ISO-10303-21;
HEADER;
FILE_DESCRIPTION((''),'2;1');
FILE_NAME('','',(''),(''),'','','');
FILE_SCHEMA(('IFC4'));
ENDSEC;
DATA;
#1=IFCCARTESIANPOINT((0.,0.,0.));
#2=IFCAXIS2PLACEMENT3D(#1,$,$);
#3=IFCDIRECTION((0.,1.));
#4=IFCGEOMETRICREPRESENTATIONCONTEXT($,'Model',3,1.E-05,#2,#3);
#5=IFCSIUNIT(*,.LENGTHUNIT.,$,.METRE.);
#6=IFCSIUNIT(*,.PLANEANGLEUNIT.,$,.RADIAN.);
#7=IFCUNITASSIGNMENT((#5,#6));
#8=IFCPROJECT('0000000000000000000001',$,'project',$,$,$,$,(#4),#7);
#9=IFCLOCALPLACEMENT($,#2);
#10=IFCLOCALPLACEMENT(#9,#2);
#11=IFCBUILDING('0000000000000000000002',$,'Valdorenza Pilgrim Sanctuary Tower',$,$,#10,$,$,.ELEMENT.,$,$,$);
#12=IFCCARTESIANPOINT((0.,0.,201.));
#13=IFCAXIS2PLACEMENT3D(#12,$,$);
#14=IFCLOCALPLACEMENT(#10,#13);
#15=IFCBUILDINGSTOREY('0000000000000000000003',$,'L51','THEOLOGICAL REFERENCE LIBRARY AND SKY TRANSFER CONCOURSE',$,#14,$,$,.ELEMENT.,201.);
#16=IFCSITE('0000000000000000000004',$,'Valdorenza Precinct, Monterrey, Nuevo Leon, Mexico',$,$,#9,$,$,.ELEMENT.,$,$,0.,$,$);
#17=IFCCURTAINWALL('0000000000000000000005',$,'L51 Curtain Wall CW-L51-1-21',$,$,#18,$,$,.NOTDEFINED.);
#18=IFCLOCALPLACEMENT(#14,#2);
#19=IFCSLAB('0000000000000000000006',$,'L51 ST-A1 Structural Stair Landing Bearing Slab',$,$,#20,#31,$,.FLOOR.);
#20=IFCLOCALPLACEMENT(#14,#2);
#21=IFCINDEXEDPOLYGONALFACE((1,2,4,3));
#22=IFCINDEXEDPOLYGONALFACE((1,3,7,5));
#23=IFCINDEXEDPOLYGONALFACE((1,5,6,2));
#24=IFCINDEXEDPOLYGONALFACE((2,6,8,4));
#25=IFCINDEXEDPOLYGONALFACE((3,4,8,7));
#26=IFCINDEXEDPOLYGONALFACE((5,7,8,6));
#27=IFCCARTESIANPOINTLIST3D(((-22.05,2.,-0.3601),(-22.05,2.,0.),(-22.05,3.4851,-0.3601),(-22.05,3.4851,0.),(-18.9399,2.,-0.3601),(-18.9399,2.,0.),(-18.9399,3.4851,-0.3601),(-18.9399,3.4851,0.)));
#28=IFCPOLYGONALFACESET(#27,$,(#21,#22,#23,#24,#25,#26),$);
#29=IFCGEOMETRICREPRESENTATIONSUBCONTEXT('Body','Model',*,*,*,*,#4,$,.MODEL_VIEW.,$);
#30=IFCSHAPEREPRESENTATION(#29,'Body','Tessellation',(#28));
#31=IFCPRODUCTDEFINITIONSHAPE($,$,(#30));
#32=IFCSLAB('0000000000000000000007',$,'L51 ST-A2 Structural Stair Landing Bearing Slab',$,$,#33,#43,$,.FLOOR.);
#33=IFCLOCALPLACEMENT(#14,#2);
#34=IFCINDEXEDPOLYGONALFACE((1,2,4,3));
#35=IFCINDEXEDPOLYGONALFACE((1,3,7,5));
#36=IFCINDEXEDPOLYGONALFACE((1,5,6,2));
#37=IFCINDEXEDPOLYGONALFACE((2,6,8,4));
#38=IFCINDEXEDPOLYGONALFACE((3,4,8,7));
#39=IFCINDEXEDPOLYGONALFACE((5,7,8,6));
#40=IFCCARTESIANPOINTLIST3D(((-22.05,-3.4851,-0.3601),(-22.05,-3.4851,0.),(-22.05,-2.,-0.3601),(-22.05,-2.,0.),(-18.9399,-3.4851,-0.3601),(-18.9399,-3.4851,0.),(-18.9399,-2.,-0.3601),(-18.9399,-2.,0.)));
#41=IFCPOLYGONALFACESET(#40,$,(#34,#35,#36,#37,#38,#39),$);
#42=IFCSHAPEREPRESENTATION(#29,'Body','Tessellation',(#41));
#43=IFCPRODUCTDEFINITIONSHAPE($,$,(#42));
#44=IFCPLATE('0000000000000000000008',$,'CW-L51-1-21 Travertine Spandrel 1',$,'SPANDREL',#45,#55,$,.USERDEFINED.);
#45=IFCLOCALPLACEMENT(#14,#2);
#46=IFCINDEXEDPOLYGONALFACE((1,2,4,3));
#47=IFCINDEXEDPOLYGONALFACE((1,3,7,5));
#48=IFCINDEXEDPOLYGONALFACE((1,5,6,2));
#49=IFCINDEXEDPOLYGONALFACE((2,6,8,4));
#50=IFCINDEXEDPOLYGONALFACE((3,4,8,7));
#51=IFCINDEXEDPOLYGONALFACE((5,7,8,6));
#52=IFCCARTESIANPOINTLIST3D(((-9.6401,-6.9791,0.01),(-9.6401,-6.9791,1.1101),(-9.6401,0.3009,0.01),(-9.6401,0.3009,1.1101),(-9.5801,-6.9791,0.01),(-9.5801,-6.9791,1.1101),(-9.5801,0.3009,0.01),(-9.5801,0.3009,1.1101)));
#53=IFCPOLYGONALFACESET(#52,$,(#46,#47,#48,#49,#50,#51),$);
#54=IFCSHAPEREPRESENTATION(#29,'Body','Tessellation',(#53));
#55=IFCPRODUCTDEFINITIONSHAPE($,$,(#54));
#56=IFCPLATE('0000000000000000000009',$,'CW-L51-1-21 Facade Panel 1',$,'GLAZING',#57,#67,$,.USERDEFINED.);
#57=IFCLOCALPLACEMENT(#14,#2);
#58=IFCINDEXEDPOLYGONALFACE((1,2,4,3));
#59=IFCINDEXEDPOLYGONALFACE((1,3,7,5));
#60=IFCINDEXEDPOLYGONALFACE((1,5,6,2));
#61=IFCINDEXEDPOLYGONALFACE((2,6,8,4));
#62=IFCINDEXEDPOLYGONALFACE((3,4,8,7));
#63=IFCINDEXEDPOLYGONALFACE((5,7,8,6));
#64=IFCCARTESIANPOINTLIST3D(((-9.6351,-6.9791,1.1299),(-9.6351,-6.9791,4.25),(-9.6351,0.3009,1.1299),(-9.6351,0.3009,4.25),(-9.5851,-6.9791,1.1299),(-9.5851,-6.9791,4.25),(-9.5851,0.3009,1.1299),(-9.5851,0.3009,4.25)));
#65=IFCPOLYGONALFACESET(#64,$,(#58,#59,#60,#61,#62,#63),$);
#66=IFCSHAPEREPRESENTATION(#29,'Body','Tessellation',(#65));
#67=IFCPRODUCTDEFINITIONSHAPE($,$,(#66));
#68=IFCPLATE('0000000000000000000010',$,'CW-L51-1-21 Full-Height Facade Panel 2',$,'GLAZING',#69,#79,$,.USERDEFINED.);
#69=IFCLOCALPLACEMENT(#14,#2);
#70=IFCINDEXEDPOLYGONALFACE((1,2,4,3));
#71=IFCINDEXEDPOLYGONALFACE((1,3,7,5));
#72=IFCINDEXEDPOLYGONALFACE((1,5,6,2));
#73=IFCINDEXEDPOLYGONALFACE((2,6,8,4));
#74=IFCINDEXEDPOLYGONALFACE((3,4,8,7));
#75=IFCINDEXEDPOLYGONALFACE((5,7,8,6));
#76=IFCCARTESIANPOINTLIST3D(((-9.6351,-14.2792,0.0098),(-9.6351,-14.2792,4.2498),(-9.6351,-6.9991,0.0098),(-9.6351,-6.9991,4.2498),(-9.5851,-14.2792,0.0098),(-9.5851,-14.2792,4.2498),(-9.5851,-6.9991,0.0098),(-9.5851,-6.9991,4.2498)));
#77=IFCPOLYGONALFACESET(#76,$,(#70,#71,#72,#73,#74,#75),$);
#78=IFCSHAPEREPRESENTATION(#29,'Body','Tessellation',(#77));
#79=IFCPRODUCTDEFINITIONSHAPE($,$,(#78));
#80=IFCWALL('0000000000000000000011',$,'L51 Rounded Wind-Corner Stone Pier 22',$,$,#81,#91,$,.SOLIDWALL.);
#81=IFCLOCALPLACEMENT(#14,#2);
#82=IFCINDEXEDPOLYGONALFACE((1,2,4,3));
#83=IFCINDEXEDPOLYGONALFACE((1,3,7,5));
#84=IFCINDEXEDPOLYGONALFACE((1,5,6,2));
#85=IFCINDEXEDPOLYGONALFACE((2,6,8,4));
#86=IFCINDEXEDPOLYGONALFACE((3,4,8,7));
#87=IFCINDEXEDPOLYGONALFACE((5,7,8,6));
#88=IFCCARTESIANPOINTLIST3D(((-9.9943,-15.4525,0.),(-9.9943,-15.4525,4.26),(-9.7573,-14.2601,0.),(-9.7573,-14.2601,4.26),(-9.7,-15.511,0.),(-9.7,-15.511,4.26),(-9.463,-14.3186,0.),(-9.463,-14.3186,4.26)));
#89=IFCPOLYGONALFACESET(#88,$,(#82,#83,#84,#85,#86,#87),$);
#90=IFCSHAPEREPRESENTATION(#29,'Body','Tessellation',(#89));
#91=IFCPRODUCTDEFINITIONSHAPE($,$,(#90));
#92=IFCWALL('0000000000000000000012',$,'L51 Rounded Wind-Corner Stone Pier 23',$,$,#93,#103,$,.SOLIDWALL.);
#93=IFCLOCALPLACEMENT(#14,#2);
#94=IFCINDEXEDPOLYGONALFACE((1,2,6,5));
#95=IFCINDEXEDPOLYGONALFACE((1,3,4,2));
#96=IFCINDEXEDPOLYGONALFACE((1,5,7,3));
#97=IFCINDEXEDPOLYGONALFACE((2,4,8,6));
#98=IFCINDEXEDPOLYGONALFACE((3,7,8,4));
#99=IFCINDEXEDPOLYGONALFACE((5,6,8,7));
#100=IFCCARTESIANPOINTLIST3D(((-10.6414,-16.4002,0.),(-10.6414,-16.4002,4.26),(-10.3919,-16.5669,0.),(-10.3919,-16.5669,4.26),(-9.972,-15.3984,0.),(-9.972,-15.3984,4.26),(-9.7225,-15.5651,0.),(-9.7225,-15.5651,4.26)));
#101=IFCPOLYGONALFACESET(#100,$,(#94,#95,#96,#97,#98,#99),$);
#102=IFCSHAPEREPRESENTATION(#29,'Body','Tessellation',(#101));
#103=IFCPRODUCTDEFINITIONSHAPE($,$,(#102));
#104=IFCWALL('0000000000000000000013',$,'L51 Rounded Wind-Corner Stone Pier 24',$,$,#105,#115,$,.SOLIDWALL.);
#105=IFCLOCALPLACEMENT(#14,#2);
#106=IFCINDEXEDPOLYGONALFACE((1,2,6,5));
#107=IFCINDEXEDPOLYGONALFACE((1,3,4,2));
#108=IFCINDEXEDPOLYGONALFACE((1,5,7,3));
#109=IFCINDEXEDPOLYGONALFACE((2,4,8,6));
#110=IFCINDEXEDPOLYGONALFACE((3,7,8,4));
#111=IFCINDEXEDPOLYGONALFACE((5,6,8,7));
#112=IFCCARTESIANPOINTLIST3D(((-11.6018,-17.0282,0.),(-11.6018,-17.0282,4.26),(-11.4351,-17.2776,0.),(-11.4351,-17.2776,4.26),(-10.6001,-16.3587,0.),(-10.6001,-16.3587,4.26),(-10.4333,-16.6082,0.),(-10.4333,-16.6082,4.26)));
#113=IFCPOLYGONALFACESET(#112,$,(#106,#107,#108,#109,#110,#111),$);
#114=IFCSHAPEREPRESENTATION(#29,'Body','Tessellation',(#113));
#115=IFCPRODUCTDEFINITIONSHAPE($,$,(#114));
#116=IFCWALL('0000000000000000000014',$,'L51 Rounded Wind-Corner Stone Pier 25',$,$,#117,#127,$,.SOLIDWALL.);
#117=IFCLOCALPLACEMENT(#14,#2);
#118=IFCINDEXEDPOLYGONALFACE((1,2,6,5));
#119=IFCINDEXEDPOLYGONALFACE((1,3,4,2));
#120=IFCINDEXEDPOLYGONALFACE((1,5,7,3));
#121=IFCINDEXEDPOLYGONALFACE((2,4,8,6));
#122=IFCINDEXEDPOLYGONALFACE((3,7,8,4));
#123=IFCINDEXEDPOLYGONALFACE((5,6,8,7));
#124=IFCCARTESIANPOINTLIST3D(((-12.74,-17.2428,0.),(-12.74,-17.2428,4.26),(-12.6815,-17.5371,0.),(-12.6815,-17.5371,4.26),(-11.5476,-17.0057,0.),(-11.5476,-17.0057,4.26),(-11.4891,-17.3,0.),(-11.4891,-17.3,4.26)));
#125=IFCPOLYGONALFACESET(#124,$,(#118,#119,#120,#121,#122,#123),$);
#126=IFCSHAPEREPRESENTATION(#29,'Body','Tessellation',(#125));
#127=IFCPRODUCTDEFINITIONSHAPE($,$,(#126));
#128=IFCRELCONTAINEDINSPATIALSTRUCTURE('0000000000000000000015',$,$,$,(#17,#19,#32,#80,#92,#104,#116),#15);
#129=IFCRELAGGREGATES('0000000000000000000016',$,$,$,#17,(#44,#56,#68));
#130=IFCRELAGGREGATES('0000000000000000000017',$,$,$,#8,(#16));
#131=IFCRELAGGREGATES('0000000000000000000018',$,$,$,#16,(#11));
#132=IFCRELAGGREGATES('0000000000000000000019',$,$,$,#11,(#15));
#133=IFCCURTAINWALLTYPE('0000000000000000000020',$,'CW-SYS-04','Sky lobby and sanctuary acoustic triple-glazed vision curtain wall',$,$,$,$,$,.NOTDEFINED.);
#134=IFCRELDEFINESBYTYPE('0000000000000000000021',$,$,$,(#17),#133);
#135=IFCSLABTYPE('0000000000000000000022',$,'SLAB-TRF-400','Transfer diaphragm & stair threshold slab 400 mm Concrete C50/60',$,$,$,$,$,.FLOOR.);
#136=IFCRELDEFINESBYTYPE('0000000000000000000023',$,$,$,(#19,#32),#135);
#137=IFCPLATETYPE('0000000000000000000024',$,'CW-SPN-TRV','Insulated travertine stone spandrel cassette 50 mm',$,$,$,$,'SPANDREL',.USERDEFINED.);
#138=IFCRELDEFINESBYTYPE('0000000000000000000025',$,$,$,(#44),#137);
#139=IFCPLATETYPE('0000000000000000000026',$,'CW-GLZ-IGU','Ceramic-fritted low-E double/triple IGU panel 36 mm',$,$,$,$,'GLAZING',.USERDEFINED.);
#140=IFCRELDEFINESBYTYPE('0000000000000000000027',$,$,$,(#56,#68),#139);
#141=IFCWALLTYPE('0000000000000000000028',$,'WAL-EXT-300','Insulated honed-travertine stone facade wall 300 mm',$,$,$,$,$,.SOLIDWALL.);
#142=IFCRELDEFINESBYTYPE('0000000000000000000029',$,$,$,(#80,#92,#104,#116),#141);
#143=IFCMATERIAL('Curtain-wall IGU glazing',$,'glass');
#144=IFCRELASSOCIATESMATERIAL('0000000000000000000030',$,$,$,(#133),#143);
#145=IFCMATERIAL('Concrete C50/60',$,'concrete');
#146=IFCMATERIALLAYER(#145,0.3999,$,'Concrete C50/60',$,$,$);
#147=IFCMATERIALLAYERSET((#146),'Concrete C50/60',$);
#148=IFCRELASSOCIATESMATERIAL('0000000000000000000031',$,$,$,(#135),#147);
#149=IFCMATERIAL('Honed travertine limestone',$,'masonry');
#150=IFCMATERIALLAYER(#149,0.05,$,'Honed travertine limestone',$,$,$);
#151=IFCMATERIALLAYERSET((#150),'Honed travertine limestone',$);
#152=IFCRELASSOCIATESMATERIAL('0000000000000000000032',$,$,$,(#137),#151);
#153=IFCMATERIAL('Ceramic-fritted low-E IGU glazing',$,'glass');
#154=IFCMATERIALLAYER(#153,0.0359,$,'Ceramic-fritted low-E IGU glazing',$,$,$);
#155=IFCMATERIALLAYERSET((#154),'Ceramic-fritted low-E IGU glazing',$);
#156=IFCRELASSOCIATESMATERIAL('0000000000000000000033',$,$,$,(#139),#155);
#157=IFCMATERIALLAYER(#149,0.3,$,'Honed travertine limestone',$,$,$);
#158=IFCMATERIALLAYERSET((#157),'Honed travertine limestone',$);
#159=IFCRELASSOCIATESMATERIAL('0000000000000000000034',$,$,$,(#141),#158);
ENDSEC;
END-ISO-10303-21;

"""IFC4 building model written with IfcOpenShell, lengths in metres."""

from ifc_helpers import new_model, si_unit, direction, frame, frame_2d, origin, origin_2d, place, context, subcontext, project, spatial, polyline, rectangle, outline, extrude, source, transform, mapped, material, layer, layer_set, type_object, element, aggregate, save


model = new_model("IFC4")

# Units and contexts
model_context = context("Model", 3, precision=1e-05, world=origin(), true_north=direction((0.0, 1.0)))
body_context = subcontext(model_context, "Body", "Model", "MODEL_VIEW")
ifc_project = project(units=[si_unit("LENGTHUNIT", "METRE"), si_unit("PLANEANGLEUNIT", "RADIAN")], contexts=[model_context])

# Site, building, storey
site_placement = place(None, origin())
site = spatial("IfcSite", under=ifc_project, at=site_placement, Name="Valdorenza Precinct, Monterrey, Nuevo Leon, Mexico", CompositionType="ELEMENT", RefElevation=0.0)
building_placement = place(site_placement, origin())
building = spatial("IfcBuilding", under=site, at=building_placement, Name="Valdorenza Pilgrim Sanctuary Tower", CompositionType="ELEMENT")
storey_placement = place(building_placement, frame((0.0, 0.0, 201.0)))
storey = spatial("IfcBuildingStorey", under=building, at=storey_placement, Name="L51", Description="THEOLOGICAL REFERENCE LIBRARY AND SKY TRANSFER CONCOURSE", CompositionType="ELEMENT", Elevation=201.0)

# Shared definitions
ifc_material_1 = material(Name="Concrete C50/60", Category="concrete")

# Curtain wall
ifc_material_2 = material(Name="Curtain-wall IGU glazing", Category="glass")
curtain_wall_type = type_object("IfcCurtainWallType", Name="CW-SYS-04", Description="Sky lobby and sanctuary acoustic triple-glazed vision curtain wall", PredefinedType="NOTDEFINED", material=ifc_material_2)
curtain_wall_placement = place(storey_placement, origin())
curtain_wall = element("IfcCurtainWall", 1, at=curtain_wall_placement, inside=storey, type_object=curtain_wall_type, Name="L51 Curtain Wall CW-L51-1-21", PredefinedType="NOTDEFINED")

# Slabs
ifc_layer_1 = layer(ifc_material_1, 0.3999, Name="Concrete C50/60")
ifc_layer_set_1 = layer_set([ifc_layer_1], Name="Concrete C50/60")
slab_type_1 = type_object("IfcSlabType", Name="SLAB-TRF-400", Description="Transfer diaphragm & stair threshold slab 400 mm Concrete C50/60", PredefinedType="FLOOR", material=ifc_layer_set_1)
slab_1_placement = place(storey_placement, frame((0.0, 0.0, -0.3601)))
element("IfcSlab", 2, at=slab_1_placement, inside=storey, type_object=slab_type_1, Name="L51 ST-A1 Structural Stair Landing Bearing Slab", PredefinedType="FLOOR", context=body_context, shape_type="SweptSolid", body=[
    extrude(outline(polyline([(-22.05, 2.0), (-18.9399, 2.0), (-18.9399, 3.4851), (-22.05, 3.4851), (-22.05, 2.0)])), origin(), (0.0, 0.0, 1.0), 0.3601),
])
slab_2_placement = place(storey_placement, frame((0.0, 0.0, -0.3601)))
element("IfcSlab", 3, at=slab_2_placement, inside=storey, type_object=slab_type_1, Name="L51 ST-A2 Structural Stair Landing Bearing Slab", PredefinedType="FLOOR", context=body_context, shape_type="SweptSolid", body=[
    extrude(outline(polyline([(-22.05, -3.4851), (-18.9399, -3.4851), (-18.9399, -2.0), (-22.05, -2.0), (-22.05, -3.4851)])), origin(), (0.0, 0.0, 1.0), 0.3601),
])

# Plates
ifc_material_3 = material(Name="Honed travertine limestone", Category="masonry")
ifc_layer_2 = layer(ifc_material_3, 0.05, Name="Honed travertine limestone")
ifc_layer_set_2 = layer_set([ifc_layer_2], Name="Honed travertine limestone")
plate_type_1 = type_object("IfcPlateType", Name="CW-SPN-TRV", Description="Insulated travertine stone spandrel cassette 50 mm", ElementType="SPANDREL", PredefinedType="USERDEFINED", material=ifc_layer_set_2)
shared_shape_1 = source(origin(), body_context, "Body", "SweptSolid", [
    extrude(rectangle(XDim=7.28, YDim=0.0601, at=origin_2d()), origin(), (0.0, 0.0, 1.0), 1.1001),
])
plate_1_placement = place(storey_placement, frame((-9.6101, -3.3391, 0.01), z_axis=(0.0, 0.0, 1.0), x_axis=(0.0, -1.0, 0.0)))
plate_1 = element("IfcPlate", 4, at=plate_1_placement, type_object=plate_type_1, Name="CW-L51-1-21 Travertine Spandrel 1", ObjectType="SPANDREL", PredefinedType="USERDEFINED", context=body_context, shape_type="MappedRepresentation", body=[
    mapped(shared_shape_1, transform((0.0, 0.0, 0.0), x_axis=(1.0, 0.0, 0.0), y_axis=(0.0, 1.0, 0.0), z_axis=(0.0, 0.0, 1.0), scale=1.0)),
])
ifc_material_4 = material(Name="Ceramic-fritted low-E IGU glazing", Category="glass")
ifc_layer_3 = layer(ifc_material_4, 0.0359, Name="Ceramic-fritted low-E IGU glazing")
ifc_layer_set_3 = layer_set([ifc_layer_3], Name="Ceramic-fritted low-E IGU glazing")
plate_type_2 = type_object("IfcPlateType", Name="CW-GLZ-IGU", Description="Ceramic-fritted low-E double/triple IGU panel 36 mm", ElementType="GLAZING", PredefinedType="USERDEFINED", material=ifc_layer_set_3)
shared_shape_2 = source(origin(), body_context, "Body", "SweptSolid", [
    extrude(rectangle(XDim=7.28, YDim=0.05, at=origin_2d()), origin(), (0.0, 0.0, 1.0), 3.1201),
])
plate_2_placement = place(storey_placement, frame((-9.6101, -3.3391, 1.1299), z_axis=(0.0, 0.0, 1.0), x_axis=(0.0, -1.0, 0.0)))
plate_2 = element("IfcPlate", 5, at=plate_2_placement, type_object=plate_type_2, Name="CW-L51-1-21 Facade Panel 1", ObjectType="GLAZING", PredefinedType="USERDEFINED", context=body_context, shape_type="MappedRepresentation", body=[
    mapped(shared_shape_2, transform((0.0, 0.0, 0.0), x_axis=(1.0, 0.0, 0.0), y_axis=(0.0, 1.0, 0.0), z_axis=(0.0, 0.0, 1.0), scale=1.0)),
])
shared_shape_3 = source(origin(), body_context, "Body", "SweptSolid", [
    extrude(rectangle(XDim=7.28, YDim=0.05, at=origin_2d()), origin(), (0.0, 0.0, 1.0), 4.24),
])
plate_3_placement = place(storey_placement, frame((-9.6101, -10.6392, 0.0098), z_axis=(0.0, 0.0, 1.0), x_axis=(0.0, -1.0, 0.0)))
plate_3 = element("IfcPlate", 6, at=plate_3_placement, type_object=plate_type_2, Name="CW-L51-1-21 Full-Height Facade Panel 2", ObjectType="GLAZING", PredefinedType="USERDEFINED", context=body_context, shape_type="MappedRepresentation", body=[
    mapped(shared_shape_3, transform((0.0, 0.0, 0.0), x_axis=(1.0, 0.0, 0.0), y_axis=(0.0, 1.0, 0.0), z_axis=(0.0, 0.0, 1.0), scale=1.0)),
])
aggregate(curtain_wall, [plate_1, plate_2, plate_3])

# Walls
ifc_layer_4 = layer(ifc_material_3, 0.3, Name="Honed travertine limestone")
ifc_layer_set_4 = layer_set([ifc_layer_4], Name="Honed travertine limestone")
wall_type = type_object("IfcWallType", Name="WAL-EXT-300", Description="Insulated honed-travertine stone facade wall 300 mm", PredefinedType="SOLIDWALL", material=ifc_layer_set_4)
wall_1_placement = place(storey_placement, frame((-9.6101, -14.2893, 0.0), z_axis=(0.0, 0.0, 1.0), x_axis=(-0.194996, -0.980804, 0.0)))
element("IfcWall", 7, at=wall_1_placement, inside=storey, type_object=wall_type, Name="L51 Rounded Wind-Corner Stone Pier 22", PredefinedType="SOLIDWALL", context=body_context, shape_type="SweptSolid", body=[
    extrude(rectangle(XDim=1.2158, YDim=0.3, at=frame_2d((0.6079, 0.0))), origin(), (0.0, 0.0, 1.0), 4.26),
])
for number, where, z_axis, x_axis, name in (
    (8, (-9.8472, -15.4817, 0.0), (0.0, 0.0, 1.0), (-0.555635, -0.831426, 0.0), "L51 Rounded Wind-Corner Stone Pier 23"),
    (9, (-10.5166, -16.4834, 0.0), (0.0, 0.0, 1.0), (-0.831426, -0.555635, 0.0), "L51 Rounded Wind-Corner Stone Pier 24"),
):
    element("IfcWall", number, at=place(storey_placement, frame(where, z_axis=z_axis, x_axis=x_axis)), inside=storey, type_object=wall_type, Name=name, PredefinedType="SOLIDWALL", context=body_context, shape_type="SweptSolid", body=[
        extrude(rectangle(XDim=1.2048, YDim=0.3, at=frame_2d((0.6025, 0.0))), origin(), (0.0, 0.0, 1.0), 4.26),
    ])
wall_2_placement = place(storey_placement, frame((-11.5183, -17.1528, 0.0), z_axis=(0.0, 0.0, 1.0), x_axis=(-0.980804, -0.194996, 0.0)))
element("IfcWall", 10, at=wall_2_placement, inside=storey, type_object=wall_type, Name="L51 Rounded Wind-Corner Stone Pier 25", PredefinedType="SOLIDWALL", context=body_context, shape_type="SweptSolid", body=[
    extrude(rectangle(XDim=1.2158, YDim=0.3, at=frame_2d((0.6079, 0.0))), origin(), (0.0, 0.0, 1.0), 4.26),
])

save(model, "model.ifc")
